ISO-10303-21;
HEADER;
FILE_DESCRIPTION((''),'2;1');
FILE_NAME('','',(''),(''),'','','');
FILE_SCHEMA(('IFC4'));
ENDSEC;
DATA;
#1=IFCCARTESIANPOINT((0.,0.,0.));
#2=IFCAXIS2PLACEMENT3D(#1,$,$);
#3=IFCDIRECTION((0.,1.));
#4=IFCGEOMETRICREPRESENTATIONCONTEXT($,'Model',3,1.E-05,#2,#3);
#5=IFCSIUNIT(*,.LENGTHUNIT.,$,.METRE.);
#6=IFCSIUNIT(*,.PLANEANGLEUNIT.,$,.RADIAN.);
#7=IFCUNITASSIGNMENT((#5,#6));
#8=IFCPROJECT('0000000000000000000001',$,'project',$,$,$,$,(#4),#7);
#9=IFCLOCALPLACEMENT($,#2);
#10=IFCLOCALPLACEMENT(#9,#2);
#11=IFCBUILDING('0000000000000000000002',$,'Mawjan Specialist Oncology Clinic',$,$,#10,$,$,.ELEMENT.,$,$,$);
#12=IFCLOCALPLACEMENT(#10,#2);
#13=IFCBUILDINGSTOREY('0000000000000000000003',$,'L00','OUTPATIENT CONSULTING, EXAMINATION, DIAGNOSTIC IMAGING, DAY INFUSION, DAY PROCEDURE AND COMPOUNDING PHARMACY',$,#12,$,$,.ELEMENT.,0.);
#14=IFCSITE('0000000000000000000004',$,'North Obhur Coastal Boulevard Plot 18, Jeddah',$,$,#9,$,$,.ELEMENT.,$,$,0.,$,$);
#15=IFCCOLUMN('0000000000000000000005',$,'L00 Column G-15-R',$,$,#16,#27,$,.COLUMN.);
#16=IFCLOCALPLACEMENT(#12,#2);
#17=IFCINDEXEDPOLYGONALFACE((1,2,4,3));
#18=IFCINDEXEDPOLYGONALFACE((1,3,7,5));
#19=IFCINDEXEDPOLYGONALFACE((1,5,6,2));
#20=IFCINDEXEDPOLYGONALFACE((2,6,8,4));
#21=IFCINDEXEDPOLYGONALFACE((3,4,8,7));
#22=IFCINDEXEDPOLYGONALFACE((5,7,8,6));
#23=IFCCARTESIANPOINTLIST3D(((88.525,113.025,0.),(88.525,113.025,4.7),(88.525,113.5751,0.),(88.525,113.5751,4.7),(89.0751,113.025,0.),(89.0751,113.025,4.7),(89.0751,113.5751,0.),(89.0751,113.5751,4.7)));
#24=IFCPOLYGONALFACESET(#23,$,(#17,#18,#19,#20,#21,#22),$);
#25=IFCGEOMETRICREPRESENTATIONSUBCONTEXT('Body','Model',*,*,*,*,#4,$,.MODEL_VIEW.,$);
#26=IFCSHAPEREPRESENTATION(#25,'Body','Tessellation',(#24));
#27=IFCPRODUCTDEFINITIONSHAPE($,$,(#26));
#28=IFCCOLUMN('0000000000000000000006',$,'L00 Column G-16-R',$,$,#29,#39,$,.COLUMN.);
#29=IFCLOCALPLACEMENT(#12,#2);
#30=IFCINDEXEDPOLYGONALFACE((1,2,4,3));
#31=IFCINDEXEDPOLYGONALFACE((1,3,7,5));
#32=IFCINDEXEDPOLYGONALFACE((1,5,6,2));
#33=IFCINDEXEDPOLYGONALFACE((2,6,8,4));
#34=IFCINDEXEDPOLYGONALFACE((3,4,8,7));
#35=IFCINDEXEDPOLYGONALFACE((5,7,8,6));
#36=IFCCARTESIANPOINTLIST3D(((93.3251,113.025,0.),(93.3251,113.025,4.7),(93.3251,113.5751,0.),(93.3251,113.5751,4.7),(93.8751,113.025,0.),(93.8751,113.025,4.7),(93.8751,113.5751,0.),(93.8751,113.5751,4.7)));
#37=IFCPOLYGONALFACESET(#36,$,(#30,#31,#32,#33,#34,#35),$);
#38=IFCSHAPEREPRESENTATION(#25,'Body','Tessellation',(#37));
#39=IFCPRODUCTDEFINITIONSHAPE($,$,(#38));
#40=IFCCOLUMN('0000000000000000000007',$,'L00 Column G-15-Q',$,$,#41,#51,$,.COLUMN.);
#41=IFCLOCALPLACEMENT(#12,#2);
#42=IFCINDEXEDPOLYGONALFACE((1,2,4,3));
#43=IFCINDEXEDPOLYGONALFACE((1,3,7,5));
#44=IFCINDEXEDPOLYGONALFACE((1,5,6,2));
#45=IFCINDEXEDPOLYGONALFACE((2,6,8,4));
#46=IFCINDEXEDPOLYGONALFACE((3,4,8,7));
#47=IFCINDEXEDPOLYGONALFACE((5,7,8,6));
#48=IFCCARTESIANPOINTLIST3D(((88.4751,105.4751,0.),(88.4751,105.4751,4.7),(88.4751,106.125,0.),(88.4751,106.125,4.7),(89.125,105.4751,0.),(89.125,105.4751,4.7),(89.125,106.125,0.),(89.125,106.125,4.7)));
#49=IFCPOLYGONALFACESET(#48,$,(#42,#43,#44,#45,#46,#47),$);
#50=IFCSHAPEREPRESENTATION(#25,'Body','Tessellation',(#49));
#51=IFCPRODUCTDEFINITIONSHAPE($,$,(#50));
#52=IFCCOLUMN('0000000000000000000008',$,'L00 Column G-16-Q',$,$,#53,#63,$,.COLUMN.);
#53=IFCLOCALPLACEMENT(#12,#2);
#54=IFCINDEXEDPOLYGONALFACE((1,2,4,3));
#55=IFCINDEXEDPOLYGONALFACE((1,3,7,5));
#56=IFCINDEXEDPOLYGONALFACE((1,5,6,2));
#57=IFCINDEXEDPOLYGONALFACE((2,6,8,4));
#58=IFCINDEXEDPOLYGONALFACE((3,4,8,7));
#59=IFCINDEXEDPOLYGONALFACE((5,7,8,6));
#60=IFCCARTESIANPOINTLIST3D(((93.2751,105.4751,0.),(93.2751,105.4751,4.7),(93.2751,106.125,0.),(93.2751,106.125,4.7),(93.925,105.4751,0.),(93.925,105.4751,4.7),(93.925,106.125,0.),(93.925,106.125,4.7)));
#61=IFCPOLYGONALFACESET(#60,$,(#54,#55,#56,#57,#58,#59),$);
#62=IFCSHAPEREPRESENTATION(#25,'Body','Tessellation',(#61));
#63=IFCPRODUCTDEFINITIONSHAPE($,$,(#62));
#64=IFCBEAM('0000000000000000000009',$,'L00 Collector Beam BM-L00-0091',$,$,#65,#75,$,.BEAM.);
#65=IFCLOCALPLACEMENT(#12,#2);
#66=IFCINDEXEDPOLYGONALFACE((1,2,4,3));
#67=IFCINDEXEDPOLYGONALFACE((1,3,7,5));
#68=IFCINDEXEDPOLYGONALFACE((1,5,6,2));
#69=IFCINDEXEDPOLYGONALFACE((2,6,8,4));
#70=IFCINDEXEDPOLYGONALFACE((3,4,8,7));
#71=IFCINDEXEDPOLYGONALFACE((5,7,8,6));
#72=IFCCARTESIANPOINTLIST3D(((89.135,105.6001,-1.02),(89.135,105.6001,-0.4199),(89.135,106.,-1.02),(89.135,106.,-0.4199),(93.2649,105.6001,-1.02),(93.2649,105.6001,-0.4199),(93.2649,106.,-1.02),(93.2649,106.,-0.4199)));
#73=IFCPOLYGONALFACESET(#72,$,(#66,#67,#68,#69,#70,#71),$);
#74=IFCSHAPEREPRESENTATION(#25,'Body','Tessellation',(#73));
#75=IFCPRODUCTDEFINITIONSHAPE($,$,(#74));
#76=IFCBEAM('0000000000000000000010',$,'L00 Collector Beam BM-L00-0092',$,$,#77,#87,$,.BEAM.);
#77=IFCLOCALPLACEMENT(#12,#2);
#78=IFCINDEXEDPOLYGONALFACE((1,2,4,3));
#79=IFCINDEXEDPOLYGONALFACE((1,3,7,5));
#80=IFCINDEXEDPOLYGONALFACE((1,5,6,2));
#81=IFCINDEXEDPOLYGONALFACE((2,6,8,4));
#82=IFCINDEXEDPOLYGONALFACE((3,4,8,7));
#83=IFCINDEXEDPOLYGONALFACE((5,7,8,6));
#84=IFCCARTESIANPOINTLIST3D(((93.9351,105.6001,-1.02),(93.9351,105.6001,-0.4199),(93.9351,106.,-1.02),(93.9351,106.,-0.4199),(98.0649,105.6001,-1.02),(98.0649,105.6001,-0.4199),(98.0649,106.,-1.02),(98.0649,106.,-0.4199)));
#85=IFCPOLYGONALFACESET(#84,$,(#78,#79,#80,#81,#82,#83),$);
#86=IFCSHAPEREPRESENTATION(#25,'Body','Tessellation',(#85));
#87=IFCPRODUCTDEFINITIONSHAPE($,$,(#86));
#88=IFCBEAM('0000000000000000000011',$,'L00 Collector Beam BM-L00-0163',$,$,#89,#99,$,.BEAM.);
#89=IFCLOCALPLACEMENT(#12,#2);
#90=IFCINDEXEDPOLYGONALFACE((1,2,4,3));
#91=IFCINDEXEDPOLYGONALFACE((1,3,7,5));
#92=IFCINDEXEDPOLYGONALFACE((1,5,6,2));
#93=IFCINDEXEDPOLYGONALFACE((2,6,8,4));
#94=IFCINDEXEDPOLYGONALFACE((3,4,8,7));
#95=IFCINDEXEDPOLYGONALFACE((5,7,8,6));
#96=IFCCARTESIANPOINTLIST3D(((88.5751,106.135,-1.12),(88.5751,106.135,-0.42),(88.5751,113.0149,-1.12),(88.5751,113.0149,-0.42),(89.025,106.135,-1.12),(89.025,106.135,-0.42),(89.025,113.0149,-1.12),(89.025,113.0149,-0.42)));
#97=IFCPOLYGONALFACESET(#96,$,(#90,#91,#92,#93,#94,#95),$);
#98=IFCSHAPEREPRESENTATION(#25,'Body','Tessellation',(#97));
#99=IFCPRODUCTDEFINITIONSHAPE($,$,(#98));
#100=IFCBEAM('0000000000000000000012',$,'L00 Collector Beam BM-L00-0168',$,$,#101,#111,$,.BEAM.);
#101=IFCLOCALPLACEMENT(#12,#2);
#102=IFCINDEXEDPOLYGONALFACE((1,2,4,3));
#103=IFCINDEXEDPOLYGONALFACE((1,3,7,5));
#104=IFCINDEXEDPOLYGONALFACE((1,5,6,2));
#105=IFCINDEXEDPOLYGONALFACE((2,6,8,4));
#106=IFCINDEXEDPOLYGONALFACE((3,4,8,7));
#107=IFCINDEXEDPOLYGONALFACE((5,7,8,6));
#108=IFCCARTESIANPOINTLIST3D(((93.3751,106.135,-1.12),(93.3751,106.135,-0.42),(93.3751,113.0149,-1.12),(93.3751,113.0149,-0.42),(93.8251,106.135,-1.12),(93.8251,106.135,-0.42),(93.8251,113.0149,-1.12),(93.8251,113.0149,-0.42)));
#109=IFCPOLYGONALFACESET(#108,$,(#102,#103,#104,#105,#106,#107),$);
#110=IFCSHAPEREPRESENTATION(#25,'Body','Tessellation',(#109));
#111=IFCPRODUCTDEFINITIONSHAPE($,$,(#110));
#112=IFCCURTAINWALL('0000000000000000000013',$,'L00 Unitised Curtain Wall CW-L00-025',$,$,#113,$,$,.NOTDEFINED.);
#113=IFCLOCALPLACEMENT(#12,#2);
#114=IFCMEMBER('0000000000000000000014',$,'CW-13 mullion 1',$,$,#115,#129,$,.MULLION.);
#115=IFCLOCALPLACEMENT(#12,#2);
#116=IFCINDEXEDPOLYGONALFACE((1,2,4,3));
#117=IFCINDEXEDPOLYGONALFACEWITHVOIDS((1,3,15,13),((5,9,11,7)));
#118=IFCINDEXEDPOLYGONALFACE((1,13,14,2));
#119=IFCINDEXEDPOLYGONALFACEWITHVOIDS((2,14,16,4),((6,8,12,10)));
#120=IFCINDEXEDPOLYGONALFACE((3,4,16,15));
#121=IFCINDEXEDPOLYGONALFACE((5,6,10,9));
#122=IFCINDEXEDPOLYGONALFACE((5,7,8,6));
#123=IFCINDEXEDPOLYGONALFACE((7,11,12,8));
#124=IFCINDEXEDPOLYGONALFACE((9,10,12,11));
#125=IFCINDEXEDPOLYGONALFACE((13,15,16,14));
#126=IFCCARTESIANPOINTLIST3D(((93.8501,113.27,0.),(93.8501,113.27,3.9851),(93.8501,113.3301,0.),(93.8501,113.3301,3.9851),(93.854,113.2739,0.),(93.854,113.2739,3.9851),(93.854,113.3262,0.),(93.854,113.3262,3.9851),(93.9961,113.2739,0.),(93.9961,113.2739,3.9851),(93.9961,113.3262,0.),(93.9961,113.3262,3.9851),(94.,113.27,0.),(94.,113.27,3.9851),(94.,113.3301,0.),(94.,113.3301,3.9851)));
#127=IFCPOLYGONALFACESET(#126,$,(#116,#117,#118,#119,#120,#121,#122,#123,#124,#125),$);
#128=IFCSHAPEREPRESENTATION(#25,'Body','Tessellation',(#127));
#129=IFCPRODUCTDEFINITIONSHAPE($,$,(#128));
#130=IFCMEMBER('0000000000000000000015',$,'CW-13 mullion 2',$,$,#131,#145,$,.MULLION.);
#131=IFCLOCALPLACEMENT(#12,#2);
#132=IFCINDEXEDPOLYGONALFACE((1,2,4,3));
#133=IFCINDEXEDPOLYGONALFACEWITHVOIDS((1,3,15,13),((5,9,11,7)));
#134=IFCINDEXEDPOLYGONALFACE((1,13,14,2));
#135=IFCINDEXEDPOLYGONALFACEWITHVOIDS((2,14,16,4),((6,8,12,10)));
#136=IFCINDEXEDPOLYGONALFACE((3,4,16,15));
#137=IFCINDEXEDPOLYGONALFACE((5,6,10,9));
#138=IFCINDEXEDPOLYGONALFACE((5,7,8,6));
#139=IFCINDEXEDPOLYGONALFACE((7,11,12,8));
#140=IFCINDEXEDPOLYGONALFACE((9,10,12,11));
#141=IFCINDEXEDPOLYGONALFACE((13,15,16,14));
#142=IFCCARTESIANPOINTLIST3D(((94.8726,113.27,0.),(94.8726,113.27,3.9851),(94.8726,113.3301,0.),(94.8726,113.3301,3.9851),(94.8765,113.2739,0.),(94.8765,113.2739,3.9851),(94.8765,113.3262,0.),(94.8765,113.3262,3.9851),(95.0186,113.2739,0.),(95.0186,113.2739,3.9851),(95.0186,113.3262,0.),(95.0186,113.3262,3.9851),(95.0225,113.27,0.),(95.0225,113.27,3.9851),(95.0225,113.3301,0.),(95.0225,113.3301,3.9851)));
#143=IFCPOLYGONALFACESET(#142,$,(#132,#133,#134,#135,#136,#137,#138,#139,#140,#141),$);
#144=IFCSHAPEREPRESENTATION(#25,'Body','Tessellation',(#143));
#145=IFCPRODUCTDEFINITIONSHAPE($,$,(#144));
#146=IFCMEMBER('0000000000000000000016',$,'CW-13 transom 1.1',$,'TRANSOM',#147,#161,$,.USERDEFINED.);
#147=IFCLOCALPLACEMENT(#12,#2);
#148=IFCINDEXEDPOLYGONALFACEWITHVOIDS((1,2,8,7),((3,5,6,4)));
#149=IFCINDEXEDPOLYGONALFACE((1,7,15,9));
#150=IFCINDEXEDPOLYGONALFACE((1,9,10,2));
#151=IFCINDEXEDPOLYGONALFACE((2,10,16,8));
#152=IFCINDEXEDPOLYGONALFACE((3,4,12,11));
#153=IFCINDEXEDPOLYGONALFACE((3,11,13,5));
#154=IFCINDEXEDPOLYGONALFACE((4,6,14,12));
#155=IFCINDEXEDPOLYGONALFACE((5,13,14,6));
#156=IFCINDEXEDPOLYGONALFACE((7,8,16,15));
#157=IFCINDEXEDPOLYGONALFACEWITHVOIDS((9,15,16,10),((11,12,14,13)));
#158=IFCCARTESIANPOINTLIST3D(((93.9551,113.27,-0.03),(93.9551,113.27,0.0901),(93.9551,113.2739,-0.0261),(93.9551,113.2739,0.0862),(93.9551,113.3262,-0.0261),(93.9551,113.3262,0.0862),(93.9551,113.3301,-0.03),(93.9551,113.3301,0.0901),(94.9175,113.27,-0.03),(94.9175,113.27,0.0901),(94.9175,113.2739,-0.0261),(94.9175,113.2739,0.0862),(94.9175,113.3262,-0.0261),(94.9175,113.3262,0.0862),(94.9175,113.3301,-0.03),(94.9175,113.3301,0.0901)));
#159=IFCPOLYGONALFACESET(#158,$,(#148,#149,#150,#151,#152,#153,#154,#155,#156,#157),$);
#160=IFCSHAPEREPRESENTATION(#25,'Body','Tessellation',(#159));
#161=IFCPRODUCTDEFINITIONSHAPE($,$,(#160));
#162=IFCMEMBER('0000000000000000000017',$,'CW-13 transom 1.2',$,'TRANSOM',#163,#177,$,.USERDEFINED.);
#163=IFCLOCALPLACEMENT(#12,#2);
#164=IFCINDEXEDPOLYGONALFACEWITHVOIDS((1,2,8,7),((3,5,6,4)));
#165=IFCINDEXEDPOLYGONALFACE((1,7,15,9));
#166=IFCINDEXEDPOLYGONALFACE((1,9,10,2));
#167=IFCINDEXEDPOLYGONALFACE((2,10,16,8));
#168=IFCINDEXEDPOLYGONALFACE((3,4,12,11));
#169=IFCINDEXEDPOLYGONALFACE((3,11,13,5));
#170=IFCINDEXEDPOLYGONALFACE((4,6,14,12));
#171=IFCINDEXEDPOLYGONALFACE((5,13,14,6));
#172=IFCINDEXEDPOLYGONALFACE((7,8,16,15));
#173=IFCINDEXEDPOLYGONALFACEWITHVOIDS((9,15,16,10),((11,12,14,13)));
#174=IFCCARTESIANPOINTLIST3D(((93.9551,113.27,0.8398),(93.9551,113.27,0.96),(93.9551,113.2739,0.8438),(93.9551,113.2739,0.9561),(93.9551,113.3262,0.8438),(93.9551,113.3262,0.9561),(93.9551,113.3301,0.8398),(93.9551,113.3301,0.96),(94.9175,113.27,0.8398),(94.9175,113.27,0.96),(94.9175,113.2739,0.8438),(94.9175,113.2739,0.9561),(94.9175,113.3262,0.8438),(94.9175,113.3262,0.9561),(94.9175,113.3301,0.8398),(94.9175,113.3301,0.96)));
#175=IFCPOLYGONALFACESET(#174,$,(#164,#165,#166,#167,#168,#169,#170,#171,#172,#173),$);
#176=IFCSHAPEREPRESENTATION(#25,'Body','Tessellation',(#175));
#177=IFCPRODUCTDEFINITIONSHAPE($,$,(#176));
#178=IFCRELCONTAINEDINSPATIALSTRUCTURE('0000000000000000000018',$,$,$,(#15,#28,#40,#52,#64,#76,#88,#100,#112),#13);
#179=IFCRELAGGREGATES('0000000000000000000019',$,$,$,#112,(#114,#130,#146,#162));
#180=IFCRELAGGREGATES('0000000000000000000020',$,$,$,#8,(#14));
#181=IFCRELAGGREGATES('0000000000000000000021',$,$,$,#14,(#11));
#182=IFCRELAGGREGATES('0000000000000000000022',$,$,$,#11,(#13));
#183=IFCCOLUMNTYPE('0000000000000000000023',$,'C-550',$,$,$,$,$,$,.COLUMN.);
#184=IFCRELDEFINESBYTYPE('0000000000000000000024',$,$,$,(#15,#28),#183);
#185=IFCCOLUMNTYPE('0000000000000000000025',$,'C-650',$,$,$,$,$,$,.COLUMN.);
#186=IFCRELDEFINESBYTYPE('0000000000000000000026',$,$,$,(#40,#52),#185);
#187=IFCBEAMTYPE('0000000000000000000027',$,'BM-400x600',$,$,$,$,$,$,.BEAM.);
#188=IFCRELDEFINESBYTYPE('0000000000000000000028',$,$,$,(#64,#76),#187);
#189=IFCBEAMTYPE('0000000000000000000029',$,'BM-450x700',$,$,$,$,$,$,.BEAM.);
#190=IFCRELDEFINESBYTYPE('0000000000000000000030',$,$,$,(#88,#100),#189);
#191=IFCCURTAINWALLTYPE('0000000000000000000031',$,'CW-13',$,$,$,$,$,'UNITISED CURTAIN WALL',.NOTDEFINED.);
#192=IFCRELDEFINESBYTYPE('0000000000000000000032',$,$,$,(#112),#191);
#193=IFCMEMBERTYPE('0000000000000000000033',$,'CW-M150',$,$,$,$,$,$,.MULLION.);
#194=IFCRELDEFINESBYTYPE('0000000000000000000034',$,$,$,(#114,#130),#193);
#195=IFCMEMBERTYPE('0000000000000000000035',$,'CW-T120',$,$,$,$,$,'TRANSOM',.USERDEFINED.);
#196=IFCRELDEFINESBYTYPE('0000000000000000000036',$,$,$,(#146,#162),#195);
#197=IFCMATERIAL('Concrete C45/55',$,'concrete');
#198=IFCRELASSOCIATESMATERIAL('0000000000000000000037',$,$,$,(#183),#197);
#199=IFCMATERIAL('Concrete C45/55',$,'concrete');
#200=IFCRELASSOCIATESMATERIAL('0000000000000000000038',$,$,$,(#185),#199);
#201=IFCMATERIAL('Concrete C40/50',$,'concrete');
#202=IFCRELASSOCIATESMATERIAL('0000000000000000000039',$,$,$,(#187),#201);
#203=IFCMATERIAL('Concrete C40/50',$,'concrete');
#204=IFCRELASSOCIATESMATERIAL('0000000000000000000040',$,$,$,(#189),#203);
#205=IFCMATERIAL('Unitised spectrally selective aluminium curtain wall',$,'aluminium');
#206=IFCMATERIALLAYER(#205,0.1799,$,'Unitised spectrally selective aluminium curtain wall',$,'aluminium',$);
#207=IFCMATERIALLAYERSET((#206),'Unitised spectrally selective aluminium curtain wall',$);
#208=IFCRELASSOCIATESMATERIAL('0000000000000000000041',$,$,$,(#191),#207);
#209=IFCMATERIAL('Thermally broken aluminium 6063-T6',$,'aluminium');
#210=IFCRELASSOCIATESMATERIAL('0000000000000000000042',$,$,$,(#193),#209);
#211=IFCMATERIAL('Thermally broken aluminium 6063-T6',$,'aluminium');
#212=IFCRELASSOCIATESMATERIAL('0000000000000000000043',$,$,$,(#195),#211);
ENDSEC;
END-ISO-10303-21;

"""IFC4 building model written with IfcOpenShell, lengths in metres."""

from ifc_helpers import new_model, si_unit, direction, frame, origin, origin_2d, place, context, subcontext, project, spatial, rectangle, hollow_rectangle, extrude, material, layer, layer_set, material_profile, profile_set, type_object, element, aggregate, save


model = new_model("IFC4")

# Units and contexts
model_context = context("Model", 3, precision=1e-05, world=origin(), true_north=direction((0.0, 1.0)))
body_context = subcontext(model_context, "Body", "Model", "MODEL_VIEW")
ifc_project = project(units=[si_unit("LENGTHUNIT", "METRE"), si_unit("PLANEANGLEUNIT", "RADIAN")], contexts=[model_context])

# Site, building, storey
site_placement = place(None, origin())
site = spatial("IfcSite", under=ifc_project, at=site_placement, Name="North Obhur Coastal Boulevard Plot 18, Jeddah", CompositionType="ELEMENT", RefElevation=0.0)
building_placement = place(site_placement, origin())
building = spatial("IfcBuilding", under=site, at=building_placement, Name="Mawjan Specialist Oncology Clinic", CompositionType="ELEMENT")
storey_placement = place(building_placement, origin())
storey = spatial("IfcBuildingStorey", under=building, at=storey_placement, Name="L00", Description="OUTPATIENT CONSULTING, EXAMINATION, DIAGNOSTIC IMAGING, DAY INFUSION, DAY PROCEDURE AND COMPOUNDING PHARMACY", CompositionType="ELEMENT", Elevation=0.0)

# Columns
ifc_material_1 = material(Name="Concrete C45/55", Category="concrete")
ifc_material_profile_1 = material_profile(ifc_material_1, rectangle(XDim=0.55, YDim=0.55, at=origin_2d()), Name="RC COL 550x550", Category="concrete")
ifc_profile_set_1 = profile_set([ifc_material_profile_1], Name="Concrete C45/55")
column_type_1 = type_object("IfcColumnType", Name="C-550", PredefinedType="COLUMN", material=ifc_profile_set_1)
for number, where, z_axis, x_axis, name in (
    (1, (88.8, 113.3, 0.0), (0.0, 0.0, 1.0), (1.0, 0.0, 0.0), "L00 Column G-15-R"),
    (2, (93.6001, 113.3, 0.0), (0.0, 0.0, 1.0), (1.0, 0.0, 0.0), "L00 Column G-16-R"),
):
    element("IfcColumn", number, at=place(storey_placement, frame(where, z_axis=z_axis, x_axis=x_axis)), inside=storey, type_object=column_type_1, Name=name, PredefinedType="COLUMN", context=body_context, shape_type="SweptSolid", body=[
        extrude(rectangle(XDim=0.55, YDim=0.55, at=origin_2d()), origin(), (0.0, 0.0, 1.0), 4.7),
    ])
ifc_material_2 = material(Name="Concrete C45/55", Category="concrete")
ifc_material_profile_2 = material_profile(ifc_material_2, rectangle(XDim=0.6499, YDim=0.6499, at=origin_2d()), Name="RC COL 650x650", Category="concrete")
ifc_profile_set_2 = profile_set([ifc_material_profile_2], Name="Concrete C45/55")
column_type_2 = type_object("IfcColumnType", Name="C-650", PredefinedType="COLUMN", material=ifc_profile_set_2)
for number, where, z_axis, x_axis, name in (
    (3, (88.8, 105.8, 0.0), (0.0, 0.0, 1.0), (1.0, 0.0, 0.0), "L00 Column G-15-Q"),
    (4, (93.6001, 105.8, 0.0), (0.0, 0.0, 1.0), (1.0, 0.0, 0.0), "L00 Column G-16-Q"),
):
    element("IfcColumn", number, at=place(storey_placement, frame(where, z_axis=z_axis, x_axis=x_axis)), inside=storey, type_object=column_type_2, Name=name, PredefinedType="COLUMN", context=body_context, shape_type="SweptSolid", body=[
        extrude(rectangle(XDim=0.6499, YDim=0.6499, at=origin_2d()), origin(), (0.0, 0.0, 1.0), 4.7),
    ])

# Beams
ifc_material_3 = material(Name="Concrete C40/50", Category="concrete")
ifc_material_profile_3 = material_profile(ifc_material_3, rectangle(XDim=0.3999, YDim=0.6001, at=origin_2d()), Name="RC BM 400x600", Category="concrete")
ifc_profile_set_3 = profile_set([ifc_material_profile_3], Name="Concrete C40/50")
beam_type_1 = type_object("IfcBeamType", Name="BM-400x600", PredefinedType="BEAM", material=ifc_profile_set_3)
for number, where, z_axis, x_axis, name in (
    (5, (89.135, 105.8, -0.72), (1.0, 0.0, 0.0), (0.0, 1.0, 0.0), "L00 Collector Beam BM-L00-0091"),
    (6, (93.9351, 105.8, -0.72), (1.0, 0.0, 0.0), (0.0, 1.0, 0.0), "L00 Collector Beam BM-L00-0092"),
):
    element("IfcBeam", number, at=place(storey_placement, frame(where, z_axis=z_axis, x_axis=x_axis)), inside=storey, type_object=beam_type_1, Name=name, PredefinedType="BEAM", context=body_context, shape_type="SweptSolid", body=[
        extrude(rectangle(XDim=0.3999, YDim=0.6001, at=origin_2d()), origin(), (0.0, 0.0, 1.0), 4.1299),
    ])
ifc_material_4 = material(Name="Concrete C40/50", Category="concrete")
ifc_material_profile_4 = material_profile(ifc_material_4, rectangle(XDim=0.45, YDim=0.7, at=origin_2d()), Name="RC BM 450x700", Category="concrete")
ifc_profile_set_4 = profile_set([ifc_material_profile_4], Name="Concrete C40/50")
beam_type_2 = type_object("IfcBeamType", Name="BM-450x700", PredefinedType="BEAM", material=ifc_profile_set_4)
for number, where, z_axis, x_axis, name in (
    (7, (88.8, 106.135, -0.77), (0.0, 1.0, 0.0), (-1.0, 0.0, 0.0), "L00 Collector Beam BM-L00-0163"),
    (8, (93.6001, 106.135, -0.77), (0.0, 1.0, 0.0), (-1.0, 0.0, 0.0), "L00 Collector Beam BM-L00-0168"),
):
    element("IfcBeam", number, at=place(storey_placement, frame(where, z_axis=z_axis, x_axis=x_axis)), inside=storey, type_object=beam_type_2, Name=name, PredefinedType="BEAM", context=body_context, shape_type="SweptSolid", body=[
        extrude(rectangle(XDim=0.45, YDim=0.7, at=origin_2d()), origin(), (0.0, 0.0, 1.0), 6.8799),
    ])

# Curtain wall, members
ifc_material_5 = material(Name="Unitised spectrally selective aluminium curtain wall", Category="aluminium")
ifc_layer_1 = layer(ifc_material_5, 0.1799, Name="Unitised spectrally selective aluminium curtain wall", Category="aluminium")
ifc_layer_set_1 = layer_set([ifc_layer_1], Name="Unitised spectrally selective aluminium curtain wall")
curtain_wall_type = type_object("IfcCurtainWallType", Name="CW-13", ElementType="UNITISED CURTAIN WALL", PredefinedType="NOTDEFINED", material=ifc_layer_set_1)
curtain_wall_placement = place(storey_placement, origin())
curtain_wall = element("IfcCurtainWall", 9, at=curtain_wall_placement, inside=storey, type_object=curtain_wall_type, Name="L00 Unitised Curtain Wall CW-L00-025", PredefinedType="NOTDEFINED")
ifc_material_6 = material(Name="Thermally broken aluminium 6063-T6", Category="aluminium")
ifc_material_profile_5 = material_profile(ifc_material_6, hollow_rectangle(XDim=0.0601, YDim=0.1499, WallThickness=0.0039, at=origin_2d()), Name="ALU MULLION 150x60x4", Category="aluminium")
ifc_profile_set_5 = profile_set([ifc_material_profile_5], Name="Thermally broken aluminium 6063-T6")
member_type_1 = type_object("IfcMemberType", Name="CW-M150", PredefinedType="MULLION", material=ifc_profile_set_5)
member_1_placement = place(storey_placement, frame((93.925, 113.3, 0.0), z_axis=(0.0, 0.0, 1.0), x_axis=(0.0, 1.0, 0.0)))
member_1 = element("IfcMember", 10, at=member_1_placement, type_object=member_type_1, Name="CW-13 mullion 1", PredefinedType="MULLION", context=body_context, shape_type="SweptSolid", body=[
    extrude(hollow_rectangle(XDim=0.0601, YDim=0.1499, WallThickness=0.0039, at=origin_2d()), origin(), (0.0, 0.0, 1.0), 3.9851),
])
member_2_placement = place(storey_placement, frame((94.9475, 113.3, 0.0), z_axis=(0.0, 0.0, 1.0), x_axis=(0.0, 1.0, 0.0)))
member_2 = element("IfcMember", 11, at=member_2_placement, type_object=member_type_1, Name="CW-13 mullion 2", PredefinedType="MULLION", context=body_context, shape_type="SweptSolid", body=[
    extrude(hollow_rectangle(XDim=0.0601, YDim=0.1499, WallThickness=0.0039, at=origin_2d()), origin(), (0.0, 0.0, 1.0), 3.9851),
])
ifc_material_7 = material(Name="Thermally broken aluminium 6063-T6", Category="aluminium")
ifc_material_profile_6 = material_profile(ifc_material_7, hollow_rectangle(XDim=0.0601, YDim=0.1201, WallThickness=0.0039, at=origin_2d()), Name="ALU TRANSOM 120x60x4", Category="aluminium")
ifc_profile_set_6 = profile_set([ifc_material_profile_6], Name="Thermally broken aluminium 6063-T6")
member_type_2 = type_object("IfcMemberType", Name="CW-T120", ElementType="TRANSOM", PredefinedType="USERDEFINED", material=ifc_profile_set_6)
member_3_placement = place(storey_placement, frame((93.9551, 113.3, 0.03), z_axis=(1.0, 0.0, 0.0), x_axis=(0.0, 1.0, 0.0)))
member_3 = element("IfcMember", 12, at=member_3_placement, type_object=member_type_2, Name="CW-13 transom 1.1", ObjectType="TRANSOM", PredefinedType="USERDEFINED", context=body_context, shape_type="SweptSolid", body=[
    extrude(hollow_rectangle(XDim=0.0601, YDim=0.1201, WallThickness=0.0039, at=origin_2d()), origin(), (0.0, 0.0, 1.0), 0.9624),
])
member_4_placement = place(storey_placement, frame((93.9551, 113.3, 0.8999), z_axis=(1.0, 0.0, 0.0), x_axis=(0.0, 1.0, 0.0)))
member_4 = element("IfcMember", 13, at=member_4_placement, type_object=member_type_2, Name="CW-13 transom 1.2", ObjectType="TRANSOM", PredefinedType="USERDEFINED", context=body_context, shape_type="SweptSolid", body=[
    extrude(hollow_rectangle(XDim=0.0601, YDim=0.1201, WallThickness=0.0039, at=origin_2d()), origin(), (0.0, 0.0, 1.0), 0.9624),
])

aggregate(curtain_wall, [member_1, member_2, member_3, member_4])

save(model, "model.ifc")
